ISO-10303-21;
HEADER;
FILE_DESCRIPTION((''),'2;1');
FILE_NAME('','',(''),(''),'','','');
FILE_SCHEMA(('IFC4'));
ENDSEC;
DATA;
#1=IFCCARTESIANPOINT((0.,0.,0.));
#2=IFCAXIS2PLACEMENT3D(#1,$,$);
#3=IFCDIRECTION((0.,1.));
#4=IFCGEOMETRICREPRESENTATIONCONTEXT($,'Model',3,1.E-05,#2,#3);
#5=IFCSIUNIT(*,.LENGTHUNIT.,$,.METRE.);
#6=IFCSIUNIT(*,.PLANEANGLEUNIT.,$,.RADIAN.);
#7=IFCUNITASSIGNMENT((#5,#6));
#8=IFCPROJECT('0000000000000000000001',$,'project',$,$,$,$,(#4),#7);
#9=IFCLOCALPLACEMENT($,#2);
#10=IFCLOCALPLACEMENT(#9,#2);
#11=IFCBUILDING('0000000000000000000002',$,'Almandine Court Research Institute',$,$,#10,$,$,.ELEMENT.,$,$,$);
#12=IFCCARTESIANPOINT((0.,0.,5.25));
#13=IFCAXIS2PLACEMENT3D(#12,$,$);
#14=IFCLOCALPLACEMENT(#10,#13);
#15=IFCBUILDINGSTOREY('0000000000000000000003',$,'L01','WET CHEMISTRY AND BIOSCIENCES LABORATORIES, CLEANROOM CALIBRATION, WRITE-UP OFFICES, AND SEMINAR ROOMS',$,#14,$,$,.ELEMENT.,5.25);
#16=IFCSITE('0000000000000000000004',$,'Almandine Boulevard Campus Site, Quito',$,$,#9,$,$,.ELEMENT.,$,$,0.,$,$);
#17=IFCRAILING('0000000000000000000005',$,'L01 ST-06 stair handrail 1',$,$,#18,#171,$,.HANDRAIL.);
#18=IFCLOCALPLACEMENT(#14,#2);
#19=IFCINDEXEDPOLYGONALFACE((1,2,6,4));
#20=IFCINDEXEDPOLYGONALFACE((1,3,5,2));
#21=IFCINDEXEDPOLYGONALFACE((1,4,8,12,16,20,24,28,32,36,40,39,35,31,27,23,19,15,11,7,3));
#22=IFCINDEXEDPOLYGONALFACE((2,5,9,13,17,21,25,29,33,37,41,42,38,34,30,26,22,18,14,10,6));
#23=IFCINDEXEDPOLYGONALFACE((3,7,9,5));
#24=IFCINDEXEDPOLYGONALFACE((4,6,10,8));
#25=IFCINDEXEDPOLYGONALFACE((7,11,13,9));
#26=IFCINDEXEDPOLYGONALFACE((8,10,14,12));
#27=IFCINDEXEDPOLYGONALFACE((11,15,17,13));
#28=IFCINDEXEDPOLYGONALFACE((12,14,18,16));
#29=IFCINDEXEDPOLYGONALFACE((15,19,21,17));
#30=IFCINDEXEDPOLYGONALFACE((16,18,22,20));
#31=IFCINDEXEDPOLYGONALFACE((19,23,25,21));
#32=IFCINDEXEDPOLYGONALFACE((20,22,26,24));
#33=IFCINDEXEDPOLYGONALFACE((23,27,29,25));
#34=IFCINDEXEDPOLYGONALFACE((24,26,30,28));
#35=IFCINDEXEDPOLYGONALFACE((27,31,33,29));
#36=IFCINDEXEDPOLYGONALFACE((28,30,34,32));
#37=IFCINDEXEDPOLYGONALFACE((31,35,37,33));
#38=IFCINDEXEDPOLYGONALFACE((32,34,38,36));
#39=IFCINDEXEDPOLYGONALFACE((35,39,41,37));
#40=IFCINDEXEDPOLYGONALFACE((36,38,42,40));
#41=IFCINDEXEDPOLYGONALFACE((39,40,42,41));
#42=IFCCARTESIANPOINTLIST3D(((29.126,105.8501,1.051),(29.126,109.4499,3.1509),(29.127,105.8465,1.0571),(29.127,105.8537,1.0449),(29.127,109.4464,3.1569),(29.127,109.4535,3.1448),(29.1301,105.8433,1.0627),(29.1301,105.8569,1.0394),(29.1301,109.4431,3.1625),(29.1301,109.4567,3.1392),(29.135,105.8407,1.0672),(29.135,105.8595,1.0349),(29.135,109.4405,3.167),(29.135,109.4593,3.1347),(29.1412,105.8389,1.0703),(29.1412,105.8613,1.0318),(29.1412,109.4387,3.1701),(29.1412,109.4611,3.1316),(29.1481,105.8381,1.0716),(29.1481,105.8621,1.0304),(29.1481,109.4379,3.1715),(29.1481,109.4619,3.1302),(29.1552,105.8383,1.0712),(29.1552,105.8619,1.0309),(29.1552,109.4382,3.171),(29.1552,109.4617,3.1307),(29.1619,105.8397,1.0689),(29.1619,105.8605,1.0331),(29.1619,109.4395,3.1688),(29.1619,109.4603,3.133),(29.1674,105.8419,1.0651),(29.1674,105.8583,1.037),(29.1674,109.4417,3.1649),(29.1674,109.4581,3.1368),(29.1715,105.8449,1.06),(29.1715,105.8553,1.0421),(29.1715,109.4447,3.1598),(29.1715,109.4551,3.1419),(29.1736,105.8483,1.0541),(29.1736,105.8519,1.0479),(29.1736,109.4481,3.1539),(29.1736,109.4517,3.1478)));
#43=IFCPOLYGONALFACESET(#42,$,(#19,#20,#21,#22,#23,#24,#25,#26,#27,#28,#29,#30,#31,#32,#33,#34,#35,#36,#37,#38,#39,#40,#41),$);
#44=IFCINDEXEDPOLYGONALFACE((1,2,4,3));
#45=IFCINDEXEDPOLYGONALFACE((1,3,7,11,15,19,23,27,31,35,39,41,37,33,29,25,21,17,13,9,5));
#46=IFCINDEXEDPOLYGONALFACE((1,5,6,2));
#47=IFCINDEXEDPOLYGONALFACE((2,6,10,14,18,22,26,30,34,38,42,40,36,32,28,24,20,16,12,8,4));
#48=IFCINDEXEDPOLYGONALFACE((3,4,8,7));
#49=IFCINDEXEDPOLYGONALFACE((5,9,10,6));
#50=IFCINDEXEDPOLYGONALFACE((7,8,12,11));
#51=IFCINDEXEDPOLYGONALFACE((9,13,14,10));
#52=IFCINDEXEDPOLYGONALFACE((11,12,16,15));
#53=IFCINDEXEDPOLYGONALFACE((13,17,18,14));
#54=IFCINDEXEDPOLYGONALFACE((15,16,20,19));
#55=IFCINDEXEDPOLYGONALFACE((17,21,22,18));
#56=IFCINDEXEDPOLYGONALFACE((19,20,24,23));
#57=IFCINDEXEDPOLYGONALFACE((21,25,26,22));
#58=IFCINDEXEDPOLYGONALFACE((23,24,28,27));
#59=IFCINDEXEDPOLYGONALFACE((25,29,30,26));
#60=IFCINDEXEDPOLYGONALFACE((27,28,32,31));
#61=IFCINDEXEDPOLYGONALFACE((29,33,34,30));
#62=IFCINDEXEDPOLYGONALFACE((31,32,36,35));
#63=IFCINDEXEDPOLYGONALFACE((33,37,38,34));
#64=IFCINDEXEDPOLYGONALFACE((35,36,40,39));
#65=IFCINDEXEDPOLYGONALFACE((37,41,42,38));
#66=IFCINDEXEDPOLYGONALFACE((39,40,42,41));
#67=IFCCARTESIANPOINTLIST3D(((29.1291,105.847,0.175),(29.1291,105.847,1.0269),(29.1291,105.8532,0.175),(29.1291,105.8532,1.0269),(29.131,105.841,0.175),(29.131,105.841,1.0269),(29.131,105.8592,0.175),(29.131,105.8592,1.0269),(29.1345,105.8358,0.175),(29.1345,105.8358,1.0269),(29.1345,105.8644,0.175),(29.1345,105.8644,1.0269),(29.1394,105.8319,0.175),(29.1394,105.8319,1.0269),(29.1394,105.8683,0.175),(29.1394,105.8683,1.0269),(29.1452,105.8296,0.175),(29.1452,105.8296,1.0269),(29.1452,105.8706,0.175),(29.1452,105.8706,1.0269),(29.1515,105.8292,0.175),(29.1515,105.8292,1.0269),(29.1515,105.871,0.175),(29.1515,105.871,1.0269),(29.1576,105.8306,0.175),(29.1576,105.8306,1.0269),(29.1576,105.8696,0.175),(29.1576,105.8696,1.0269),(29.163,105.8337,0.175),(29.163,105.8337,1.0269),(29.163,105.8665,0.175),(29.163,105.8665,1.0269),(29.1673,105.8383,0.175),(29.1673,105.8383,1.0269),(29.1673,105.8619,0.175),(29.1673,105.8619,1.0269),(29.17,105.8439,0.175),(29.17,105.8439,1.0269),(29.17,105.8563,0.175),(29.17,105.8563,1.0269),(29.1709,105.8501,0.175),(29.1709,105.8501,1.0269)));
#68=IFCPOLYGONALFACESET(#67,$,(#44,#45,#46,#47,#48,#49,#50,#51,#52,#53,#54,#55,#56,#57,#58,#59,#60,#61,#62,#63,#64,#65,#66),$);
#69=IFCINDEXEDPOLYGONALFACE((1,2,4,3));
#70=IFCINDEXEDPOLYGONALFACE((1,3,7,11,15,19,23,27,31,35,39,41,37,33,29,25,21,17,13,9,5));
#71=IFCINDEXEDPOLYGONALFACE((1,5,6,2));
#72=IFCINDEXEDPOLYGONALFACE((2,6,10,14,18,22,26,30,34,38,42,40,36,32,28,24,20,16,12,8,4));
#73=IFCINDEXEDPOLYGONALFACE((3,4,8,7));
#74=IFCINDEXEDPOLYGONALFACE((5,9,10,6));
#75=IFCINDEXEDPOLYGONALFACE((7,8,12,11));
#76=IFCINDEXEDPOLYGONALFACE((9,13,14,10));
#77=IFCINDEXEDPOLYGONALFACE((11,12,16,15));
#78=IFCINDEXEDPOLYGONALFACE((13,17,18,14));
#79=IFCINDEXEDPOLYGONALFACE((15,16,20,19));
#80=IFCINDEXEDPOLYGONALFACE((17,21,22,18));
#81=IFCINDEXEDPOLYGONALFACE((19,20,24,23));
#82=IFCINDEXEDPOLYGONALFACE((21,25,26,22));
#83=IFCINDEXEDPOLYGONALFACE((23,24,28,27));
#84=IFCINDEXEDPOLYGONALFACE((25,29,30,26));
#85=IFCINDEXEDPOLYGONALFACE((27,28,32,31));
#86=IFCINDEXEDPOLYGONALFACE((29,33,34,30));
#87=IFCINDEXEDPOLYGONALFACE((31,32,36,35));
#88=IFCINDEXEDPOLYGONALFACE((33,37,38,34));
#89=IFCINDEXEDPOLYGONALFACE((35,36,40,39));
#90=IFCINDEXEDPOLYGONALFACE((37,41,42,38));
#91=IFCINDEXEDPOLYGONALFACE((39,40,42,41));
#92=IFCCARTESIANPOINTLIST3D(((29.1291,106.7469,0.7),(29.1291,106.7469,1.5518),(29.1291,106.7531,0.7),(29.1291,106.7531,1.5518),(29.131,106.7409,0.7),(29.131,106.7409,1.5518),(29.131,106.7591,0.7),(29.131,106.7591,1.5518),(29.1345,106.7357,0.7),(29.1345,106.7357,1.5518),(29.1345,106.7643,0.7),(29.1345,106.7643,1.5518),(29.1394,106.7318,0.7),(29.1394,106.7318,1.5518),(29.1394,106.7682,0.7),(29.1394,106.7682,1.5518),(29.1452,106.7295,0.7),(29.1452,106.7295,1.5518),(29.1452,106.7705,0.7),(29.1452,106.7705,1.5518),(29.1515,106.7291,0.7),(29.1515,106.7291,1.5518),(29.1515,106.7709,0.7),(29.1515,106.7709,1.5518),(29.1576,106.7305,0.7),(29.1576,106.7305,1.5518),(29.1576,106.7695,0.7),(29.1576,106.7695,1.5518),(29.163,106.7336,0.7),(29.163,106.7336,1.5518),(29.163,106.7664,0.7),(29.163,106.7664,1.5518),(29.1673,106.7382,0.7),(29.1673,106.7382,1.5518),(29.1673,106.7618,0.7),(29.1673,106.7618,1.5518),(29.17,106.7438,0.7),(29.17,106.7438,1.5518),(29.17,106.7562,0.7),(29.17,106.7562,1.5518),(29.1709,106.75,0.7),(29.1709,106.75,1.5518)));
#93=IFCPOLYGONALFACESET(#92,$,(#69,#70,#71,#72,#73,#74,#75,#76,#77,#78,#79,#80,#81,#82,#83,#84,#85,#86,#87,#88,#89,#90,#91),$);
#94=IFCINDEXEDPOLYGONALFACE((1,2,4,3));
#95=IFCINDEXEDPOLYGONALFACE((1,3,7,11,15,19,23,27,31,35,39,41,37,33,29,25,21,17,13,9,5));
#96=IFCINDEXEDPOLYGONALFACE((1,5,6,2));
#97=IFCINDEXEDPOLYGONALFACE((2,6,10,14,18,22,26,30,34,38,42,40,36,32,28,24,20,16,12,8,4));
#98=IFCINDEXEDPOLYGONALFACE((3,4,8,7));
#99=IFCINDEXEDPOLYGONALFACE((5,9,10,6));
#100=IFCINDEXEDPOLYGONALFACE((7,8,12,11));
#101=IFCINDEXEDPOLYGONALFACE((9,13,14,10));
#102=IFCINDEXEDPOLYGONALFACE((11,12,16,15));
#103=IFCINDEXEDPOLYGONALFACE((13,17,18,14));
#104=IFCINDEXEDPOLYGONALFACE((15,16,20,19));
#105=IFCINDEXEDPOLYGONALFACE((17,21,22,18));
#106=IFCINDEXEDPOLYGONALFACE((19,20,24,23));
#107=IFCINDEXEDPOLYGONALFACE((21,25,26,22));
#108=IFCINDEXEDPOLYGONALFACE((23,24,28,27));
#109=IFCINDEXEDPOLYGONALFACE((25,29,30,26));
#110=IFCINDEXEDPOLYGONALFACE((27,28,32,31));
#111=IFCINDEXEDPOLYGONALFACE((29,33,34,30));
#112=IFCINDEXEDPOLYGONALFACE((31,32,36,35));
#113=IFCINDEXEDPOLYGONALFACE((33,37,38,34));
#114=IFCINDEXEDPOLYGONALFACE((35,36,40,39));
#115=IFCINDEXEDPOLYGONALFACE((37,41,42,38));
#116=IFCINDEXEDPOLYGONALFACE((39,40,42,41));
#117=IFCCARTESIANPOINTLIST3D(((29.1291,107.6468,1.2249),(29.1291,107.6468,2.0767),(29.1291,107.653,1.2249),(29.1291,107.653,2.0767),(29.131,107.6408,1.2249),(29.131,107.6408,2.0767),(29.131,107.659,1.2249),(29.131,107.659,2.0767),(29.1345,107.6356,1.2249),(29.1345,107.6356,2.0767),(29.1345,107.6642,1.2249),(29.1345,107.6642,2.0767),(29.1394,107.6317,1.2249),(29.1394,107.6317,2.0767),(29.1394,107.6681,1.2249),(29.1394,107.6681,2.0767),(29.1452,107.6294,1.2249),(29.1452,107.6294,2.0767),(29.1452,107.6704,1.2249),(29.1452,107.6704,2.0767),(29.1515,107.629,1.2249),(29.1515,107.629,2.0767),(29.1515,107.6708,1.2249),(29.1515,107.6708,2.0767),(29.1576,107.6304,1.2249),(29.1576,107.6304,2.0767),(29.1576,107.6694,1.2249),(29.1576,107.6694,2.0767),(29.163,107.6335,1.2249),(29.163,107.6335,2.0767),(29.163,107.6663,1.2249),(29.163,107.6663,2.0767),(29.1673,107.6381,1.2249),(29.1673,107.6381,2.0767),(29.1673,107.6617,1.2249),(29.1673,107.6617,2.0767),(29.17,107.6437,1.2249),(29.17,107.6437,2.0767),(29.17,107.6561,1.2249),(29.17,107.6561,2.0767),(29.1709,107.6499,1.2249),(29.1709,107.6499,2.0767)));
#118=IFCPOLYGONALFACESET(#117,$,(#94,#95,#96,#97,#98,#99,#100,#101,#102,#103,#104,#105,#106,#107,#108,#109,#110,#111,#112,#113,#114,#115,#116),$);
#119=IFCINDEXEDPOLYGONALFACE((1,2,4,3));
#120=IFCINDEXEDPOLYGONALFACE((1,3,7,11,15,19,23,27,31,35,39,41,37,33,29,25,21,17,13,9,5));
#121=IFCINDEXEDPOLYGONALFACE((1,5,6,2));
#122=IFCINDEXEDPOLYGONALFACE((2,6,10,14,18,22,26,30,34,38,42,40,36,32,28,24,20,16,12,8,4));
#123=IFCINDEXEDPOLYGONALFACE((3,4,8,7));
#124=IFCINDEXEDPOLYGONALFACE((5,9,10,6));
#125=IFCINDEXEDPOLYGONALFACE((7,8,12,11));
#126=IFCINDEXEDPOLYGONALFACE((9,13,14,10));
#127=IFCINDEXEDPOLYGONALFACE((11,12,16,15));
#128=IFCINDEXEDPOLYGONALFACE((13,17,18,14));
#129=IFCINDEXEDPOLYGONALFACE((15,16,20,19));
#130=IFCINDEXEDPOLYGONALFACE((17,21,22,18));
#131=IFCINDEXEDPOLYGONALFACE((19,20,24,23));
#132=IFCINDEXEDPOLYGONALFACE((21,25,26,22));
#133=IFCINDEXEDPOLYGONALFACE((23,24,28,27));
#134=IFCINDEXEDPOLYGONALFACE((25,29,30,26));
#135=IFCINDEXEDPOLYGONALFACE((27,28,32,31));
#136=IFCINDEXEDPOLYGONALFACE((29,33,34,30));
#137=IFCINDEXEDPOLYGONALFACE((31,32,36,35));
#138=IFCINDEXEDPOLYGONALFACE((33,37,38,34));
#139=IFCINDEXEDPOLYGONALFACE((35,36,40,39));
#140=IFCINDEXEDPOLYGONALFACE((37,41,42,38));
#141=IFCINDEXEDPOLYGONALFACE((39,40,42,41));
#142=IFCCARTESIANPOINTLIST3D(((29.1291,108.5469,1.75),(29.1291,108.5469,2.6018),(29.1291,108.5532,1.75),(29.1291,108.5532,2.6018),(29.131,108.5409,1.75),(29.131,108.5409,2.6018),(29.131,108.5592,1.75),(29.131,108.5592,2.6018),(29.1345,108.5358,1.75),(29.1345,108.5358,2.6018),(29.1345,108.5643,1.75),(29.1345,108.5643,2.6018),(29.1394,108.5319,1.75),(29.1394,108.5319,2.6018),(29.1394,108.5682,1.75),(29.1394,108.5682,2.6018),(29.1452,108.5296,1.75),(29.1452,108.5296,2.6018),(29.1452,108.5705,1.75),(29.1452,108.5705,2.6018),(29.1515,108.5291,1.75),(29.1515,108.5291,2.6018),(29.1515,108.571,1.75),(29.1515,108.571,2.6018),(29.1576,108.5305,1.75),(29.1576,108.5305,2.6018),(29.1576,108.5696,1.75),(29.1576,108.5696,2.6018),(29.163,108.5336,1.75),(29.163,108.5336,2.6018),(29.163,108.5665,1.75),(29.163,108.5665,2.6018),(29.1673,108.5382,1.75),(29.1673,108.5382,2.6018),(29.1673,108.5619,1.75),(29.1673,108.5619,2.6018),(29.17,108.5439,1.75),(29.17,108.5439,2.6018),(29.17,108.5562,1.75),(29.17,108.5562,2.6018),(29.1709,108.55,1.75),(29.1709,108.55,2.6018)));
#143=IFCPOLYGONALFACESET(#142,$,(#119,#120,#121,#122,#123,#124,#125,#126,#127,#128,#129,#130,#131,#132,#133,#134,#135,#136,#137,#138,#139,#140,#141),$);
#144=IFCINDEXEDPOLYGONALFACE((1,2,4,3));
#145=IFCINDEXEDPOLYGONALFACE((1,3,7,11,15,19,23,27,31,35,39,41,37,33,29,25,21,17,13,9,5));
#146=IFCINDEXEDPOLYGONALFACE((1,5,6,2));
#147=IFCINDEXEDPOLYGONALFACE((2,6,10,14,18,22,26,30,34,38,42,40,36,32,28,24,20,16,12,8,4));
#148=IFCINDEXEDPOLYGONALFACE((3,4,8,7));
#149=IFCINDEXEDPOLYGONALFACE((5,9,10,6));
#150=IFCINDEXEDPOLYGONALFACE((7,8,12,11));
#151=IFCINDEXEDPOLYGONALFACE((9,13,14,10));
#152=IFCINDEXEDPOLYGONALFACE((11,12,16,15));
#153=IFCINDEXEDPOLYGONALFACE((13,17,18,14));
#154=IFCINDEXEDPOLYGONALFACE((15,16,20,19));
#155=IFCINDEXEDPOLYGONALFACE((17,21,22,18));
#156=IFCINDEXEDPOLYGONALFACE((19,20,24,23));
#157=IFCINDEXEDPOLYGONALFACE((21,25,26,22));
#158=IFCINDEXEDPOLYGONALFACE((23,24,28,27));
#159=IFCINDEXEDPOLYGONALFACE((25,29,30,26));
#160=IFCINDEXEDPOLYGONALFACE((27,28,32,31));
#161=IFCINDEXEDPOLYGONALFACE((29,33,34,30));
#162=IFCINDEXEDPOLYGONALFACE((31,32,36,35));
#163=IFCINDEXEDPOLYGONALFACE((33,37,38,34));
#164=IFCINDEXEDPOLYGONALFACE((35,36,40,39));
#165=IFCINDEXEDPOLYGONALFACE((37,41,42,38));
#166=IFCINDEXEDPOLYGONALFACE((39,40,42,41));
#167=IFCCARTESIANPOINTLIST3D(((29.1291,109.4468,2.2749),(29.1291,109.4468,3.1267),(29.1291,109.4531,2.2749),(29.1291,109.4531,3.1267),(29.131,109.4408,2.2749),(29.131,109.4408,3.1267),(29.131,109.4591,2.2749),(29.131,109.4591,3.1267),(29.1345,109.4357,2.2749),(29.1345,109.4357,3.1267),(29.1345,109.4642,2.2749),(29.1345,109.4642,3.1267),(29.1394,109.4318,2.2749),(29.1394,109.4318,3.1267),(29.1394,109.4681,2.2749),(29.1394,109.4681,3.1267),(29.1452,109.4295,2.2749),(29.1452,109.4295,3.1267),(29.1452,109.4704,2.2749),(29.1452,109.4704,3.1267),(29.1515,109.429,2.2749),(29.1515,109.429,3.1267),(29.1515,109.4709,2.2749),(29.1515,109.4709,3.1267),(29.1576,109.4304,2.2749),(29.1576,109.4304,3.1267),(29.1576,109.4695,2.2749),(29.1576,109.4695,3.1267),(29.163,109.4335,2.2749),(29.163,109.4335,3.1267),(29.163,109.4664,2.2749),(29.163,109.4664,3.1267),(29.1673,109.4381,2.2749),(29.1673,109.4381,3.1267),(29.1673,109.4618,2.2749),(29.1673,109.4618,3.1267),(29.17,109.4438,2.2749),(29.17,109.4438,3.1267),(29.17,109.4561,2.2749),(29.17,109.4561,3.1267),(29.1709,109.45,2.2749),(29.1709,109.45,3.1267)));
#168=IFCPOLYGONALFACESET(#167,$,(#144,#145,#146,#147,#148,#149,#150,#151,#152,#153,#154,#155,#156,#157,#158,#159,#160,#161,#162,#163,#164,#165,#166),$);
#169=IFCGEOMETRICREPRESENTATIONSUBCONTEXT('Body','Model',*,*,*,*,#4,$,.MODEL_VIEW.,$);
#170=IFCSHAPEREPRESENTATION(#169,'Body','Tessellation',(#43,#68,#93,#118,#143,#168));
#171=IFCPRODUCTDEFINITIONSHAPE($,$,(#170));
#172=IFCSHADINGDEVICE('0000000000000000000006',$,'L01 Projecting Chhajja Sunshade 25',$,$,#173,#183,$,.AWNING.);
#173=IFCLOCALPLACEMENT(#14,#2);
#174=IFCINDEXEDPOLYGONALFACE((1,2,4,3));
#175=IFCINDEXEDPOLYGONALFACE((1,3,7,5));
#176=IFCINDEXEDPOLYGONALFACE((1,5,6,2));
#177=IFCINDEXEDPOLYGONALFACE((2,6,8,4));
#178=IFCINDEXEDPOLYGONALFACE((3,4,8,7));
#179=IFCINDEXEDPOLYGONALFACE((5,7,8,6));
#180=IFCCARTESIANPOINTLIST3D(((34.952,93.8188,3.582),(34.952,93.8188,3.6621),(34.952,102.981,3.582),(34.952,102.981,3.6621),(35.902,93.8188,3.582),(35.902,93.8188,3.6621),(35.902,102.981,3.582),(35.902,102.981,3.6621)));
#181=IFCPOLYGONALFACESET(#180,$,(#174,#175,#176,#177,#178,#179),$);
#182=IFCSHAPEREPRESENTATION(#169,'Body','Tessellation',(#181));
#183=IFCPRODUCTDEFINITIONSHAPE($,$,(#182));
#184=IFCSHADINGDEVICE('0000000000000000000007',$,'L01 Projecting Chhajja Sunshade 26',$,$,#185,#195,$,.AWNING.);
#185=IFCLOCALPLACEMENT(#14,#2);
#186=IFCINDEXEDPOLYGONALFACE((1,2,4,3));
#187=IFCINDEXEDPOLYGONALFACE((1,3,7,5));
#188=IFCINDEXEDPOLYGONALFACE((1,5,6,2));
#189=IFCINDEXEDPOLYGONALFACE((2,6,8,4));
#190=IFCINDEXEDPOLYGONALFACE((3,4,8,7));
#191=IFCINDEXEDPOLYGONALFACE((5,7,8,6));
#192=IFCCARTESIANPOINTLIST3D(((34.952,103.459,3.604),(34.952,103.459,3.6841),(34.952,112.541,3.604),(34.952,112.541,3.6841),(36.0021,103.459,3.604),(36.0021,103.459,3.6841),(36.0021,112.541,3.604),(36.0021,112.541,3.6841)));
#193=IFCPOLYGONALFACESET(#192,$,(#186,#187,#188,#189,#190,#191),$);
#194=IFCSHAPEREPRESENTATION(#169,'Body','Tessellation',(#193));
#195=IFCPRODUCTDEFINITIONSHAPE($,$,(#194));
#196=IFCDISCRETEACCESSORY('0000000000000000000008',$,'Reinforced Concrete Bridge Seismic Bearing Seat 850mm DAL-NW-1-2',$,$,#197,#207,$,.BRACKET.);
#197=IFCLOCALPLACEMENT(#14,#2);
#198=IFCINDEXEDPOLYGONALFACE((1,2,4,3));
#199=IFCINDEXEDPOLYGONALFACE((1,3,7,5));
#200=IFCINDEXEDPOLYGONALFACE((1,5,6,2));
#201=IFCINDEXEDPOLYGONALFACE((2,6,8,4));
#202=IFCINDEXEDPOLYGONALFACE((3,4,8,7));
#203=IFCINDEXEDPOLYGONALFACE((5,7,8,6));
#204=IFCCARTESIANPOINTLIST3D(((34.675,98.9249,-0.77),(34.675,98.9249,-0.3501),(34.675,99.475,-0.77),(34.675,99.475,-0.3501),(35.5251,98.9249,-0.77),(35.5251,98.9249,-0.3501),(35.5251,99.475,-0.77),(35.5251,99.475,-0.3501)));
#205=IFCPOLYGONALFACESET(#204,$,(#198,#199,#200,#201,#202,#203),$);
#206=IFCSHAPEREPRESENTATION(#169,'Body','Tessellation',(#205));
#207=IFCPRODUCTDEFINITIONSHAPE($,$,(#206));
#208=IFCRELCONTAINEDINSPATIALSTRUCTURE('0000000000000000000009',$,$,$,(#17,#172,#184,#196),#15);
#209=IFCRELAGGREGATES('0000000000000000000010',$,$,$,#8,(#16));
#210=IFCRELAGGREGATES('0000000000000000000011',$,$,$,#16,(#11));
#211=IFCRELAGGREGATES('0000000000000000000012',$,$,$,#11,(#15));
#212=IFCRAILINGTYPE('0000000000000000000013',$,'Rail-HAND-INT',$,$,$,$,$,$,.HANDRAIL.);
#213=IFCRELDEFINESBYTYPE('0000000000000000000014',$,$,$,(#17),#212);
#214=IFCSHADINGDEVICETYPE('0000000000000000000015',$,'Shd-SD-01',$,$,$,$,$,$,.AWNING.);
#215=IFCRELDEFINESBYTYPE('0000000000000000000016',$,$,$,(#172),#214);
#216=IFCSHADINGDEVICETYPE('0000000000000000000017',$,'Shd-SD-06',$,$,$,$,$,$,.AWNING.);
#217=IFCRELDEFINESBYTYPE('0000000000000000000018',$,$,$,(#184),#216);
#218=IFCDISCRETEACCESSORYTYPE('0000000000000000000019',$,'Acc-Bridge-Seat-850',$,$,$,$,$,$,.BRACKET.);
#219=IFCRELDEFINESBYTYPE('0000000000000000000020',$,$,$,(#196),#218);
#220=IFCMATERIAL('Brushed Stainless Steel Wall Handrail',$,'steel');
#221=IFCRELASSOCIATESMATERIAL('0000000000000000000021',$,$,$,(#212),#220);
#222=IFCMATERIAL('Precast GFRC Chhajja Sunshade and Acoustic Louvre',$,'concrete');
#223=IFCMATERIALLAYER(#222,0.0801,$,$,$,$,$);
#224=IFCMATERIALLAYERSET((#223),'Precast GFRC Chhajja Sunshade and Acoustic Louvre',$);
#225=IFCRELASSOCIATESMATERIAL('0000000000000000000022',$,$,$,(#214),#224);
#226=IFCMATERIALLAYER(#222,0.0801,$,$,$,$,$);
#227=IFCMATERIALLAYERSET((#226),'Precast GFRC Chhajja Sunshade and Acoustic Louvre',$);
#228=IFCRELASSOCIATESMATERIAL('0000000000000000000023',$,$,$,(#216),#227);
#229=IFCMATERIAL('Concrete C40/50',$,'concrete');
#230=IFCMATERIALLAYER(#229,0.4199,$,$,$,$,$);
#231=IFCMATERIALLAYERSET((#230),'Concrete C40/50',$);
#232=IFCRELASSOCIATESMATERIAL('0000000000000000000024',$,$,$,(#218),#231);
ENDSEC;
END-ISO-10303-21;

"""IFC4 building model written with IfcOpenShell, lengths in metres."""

from ifc_helpers import new_model, si_unit, direction, frame, origin, origin_2d, place, context, subcontext, project, spatial, rectangle, circle, extrude, material, layer, layer_set, type_object, element, save


model = new_model("IFC4")

# Units and contexts
model_context = context("Model", 3, precision=1e-05, world=origin(), true_north=direction((0.0, 1.0)))
body_context = subcontext(model_context, "Body", "Model", "MODEL_VIEW")
ifc_project = project(units=[si_unit("LENGTHUNIT", "METRE"), si_unit("PLANEANGLEUNIT", "RADIAN")], contexts=[model_context])

# Site, building, storey
site_placement = place(None, origin())
site = spatial("IfcSite", under=ifc_project, at=site_placement, Name="Almandine Boulevard Campus Site, Quito", CompositionType="ELEMENT", RefElevation=0.0)
building_placement = place(site_placement, origin())
building = spatial("IfcBuilding", under=site, at=building_placement, Name="Almandine Court Research Institute", CompositionType="ELEMENT")
storey_placement = place(building_placement, frame((0.0, 0.0, 5.25)))
storey = spatial("IfcBuildingStorey", under=building, at=storey_placement, Name="L01", Description="WET CHEMISTRY AND BIOSCIENCES LABORATORIES, CLEANROOM CALIBRATION, WRITE-UP OFFICES, AND SEMINAR ROOMS", CompositionType="ELEMENT", Elevation=5.25)

# Shared definitions
ifc_material_1 = material(Name="Concrete C40/50", Category="concrete")

# Railing
ifc_material_2 = material(Name="Brushed Stainless Steel Wall Handrail", Category="steel")
railing_type_1 = type_object("IfcRailingType", Name="Rail-HAND-INT", PredefinedType="HANDRAIL", material=ifc_material_2)
railing_1_placement = place(storey_placement, frame((29.1499, 105.8501, 0.175)))
element("IfcRailing", 1, at=railing_1_placement, inside=storey, type_object=railing_type_1, Name="L01 ST-06 stair handrail 1", PredefinedType="HANDRAIL", context=body_context, shape_type="SweptSolid", body=[
    extrude(circle(Radius=0.0239, at=origin_2d()), frame((0.0, 0.0, 0.876), z_axis=(0.0, 0.863785, 0.50386), x_axis=(-1.0, 0.0, 0.0)), (0.0, 0.0, 1.0), 4.1675),
    extrude(circle(Radius=0.021, at=origin_2d()), origin(), (0.0, 0.0, 1.0), 0.8518),
    extrude(circle(Radius=0.021, at=origin_2d()), frame((0.0, 0.8999, 0.5249)), (0.0, 0.0, 1.0), 0.8518),
    extrude(circle(Radius=0.021, at=origin_2d()), frame((0.0, 1.7998, 1.0498)), (0.0, 0.0, 1.0), 0.8518),
    extrude(circle(Radius=0.021, at=origin_2d()), frame((0.0, 2.7, 1.575)), (0.0, 0.0, 1.0), 0.8518),
    extrude(circle(Radius=0.021, at=origin_2d()), frame((0.0, 3.5999, 2.0999)), (0.0, 0.0, 1.0), 0.8518),
])

# Shading devices
ifc_material_3 = material(Name="Precast GFRC Chhajja Sunshade and Acoustic Louvre", Category="concrete")
ifc_layer_1 = layer(ifc_material_3, 0.0801)
ifc_layer_set_1 = layer_set([ifc_layer_1], Name="Precast GFRC Chhajja Sunshade and Acoustic Louvre")
shading_device_type_1 = type_object("IfcShadingDeviceType", Name="Shd-SD-01", PredefinedType="AWNING", material=ifc_layer_set_1)
shading_device_1_placement = place(storey_placement, frame((35.427, 98.3999, 3.582), z_axis=(0.0, 0.0, 1.0), x_axis=(0.0, -1.0, 0.0)))
element("IfcShadingDevice", 2, at=shading_device_1_placement, inside=storey, type_object=shading_device_type_1, Name="L01 Projecting Chhajja Sunshade 25", PredefinedType="AWNING", context=body_context, shape_type="SweptSolid", body=[
    extrude(rectangle(XDim=9.1621, YDim=0.95, at=origin_2d()), origin(), (0.0, 0.0, 1.0), 0.0801),
])
ifc_layer_2 = layer(ifc_material_3, 0.0801)
ifc_layer_set_2 = layer_set([ifc_layer_2], Name="Precast GFRC Chhajja Sunshade and Acoustic Louvre")
shading_device_type_2 = type_object("IfcShadingDeviceType", Name="Shd-SD-06", PredefinedType="AWNING", material=ifc_layer_set_2)
shading_device_2_placement = place(storey_placement, frame((35.4771, 108.0, 3.604), z_axis=(0.0, 0.0, 1.0), x_axis=(0.0, -1.0, 0.0)))
element("IfcShadingDevice", 3, at=shading_device_2_placement, inside=storey, type_object=shading_device_type_2, Name="L01 Projecting Chhajja Sunshade 26", PredefinedType="AWNING", context=body_context, shape_type="SweptSolid", body=[
    extrude(rectangle(XDim=9.082, YDim=1.05, at=origin_2d()), origin(), (0.0, 0.0, 1.0), 0.0801),
])

# Discrete accessory
ifc_layer_3 = layer(ifc_material_1, 0.4199)
ifc_layer_set_3 = layer_set([ifc_layer_3], Name="Concrete C40/50")
discrete_accessory_type_1 = type_object("IfcDiscreteAccessoryType", Name="Acc-Bridge-Seat-850", PredefinedType="BRACKET", material=ifc_layer_set_3)
discrete_accessory_1_placement = place(storey_placement, frame((35.1001, 99.2, -0.77), z_axis=(0.0, 0.0, 1.0), x_axis=(1.0, 0.0, 0.0)))
element("IfcDiscreteAccessory", 4, at=discrete_accessory_1_placement, inside=storey, type_object=discrete_accessory_type_1, Name="Reinforced Concrete Bridge Seismic Bearing Seat 850mm DAL-NW-1-2", PredefinedType="BRACKET", context=body_context, shape_type="SweptSolid", body=[
    extrude(rectangle(XDim=0.8501, YDim=0.55, at=origin_2d()), origin(), (0.0, 0.0, 1.0), 0.4199),
])

save(model, "model.ifc")
